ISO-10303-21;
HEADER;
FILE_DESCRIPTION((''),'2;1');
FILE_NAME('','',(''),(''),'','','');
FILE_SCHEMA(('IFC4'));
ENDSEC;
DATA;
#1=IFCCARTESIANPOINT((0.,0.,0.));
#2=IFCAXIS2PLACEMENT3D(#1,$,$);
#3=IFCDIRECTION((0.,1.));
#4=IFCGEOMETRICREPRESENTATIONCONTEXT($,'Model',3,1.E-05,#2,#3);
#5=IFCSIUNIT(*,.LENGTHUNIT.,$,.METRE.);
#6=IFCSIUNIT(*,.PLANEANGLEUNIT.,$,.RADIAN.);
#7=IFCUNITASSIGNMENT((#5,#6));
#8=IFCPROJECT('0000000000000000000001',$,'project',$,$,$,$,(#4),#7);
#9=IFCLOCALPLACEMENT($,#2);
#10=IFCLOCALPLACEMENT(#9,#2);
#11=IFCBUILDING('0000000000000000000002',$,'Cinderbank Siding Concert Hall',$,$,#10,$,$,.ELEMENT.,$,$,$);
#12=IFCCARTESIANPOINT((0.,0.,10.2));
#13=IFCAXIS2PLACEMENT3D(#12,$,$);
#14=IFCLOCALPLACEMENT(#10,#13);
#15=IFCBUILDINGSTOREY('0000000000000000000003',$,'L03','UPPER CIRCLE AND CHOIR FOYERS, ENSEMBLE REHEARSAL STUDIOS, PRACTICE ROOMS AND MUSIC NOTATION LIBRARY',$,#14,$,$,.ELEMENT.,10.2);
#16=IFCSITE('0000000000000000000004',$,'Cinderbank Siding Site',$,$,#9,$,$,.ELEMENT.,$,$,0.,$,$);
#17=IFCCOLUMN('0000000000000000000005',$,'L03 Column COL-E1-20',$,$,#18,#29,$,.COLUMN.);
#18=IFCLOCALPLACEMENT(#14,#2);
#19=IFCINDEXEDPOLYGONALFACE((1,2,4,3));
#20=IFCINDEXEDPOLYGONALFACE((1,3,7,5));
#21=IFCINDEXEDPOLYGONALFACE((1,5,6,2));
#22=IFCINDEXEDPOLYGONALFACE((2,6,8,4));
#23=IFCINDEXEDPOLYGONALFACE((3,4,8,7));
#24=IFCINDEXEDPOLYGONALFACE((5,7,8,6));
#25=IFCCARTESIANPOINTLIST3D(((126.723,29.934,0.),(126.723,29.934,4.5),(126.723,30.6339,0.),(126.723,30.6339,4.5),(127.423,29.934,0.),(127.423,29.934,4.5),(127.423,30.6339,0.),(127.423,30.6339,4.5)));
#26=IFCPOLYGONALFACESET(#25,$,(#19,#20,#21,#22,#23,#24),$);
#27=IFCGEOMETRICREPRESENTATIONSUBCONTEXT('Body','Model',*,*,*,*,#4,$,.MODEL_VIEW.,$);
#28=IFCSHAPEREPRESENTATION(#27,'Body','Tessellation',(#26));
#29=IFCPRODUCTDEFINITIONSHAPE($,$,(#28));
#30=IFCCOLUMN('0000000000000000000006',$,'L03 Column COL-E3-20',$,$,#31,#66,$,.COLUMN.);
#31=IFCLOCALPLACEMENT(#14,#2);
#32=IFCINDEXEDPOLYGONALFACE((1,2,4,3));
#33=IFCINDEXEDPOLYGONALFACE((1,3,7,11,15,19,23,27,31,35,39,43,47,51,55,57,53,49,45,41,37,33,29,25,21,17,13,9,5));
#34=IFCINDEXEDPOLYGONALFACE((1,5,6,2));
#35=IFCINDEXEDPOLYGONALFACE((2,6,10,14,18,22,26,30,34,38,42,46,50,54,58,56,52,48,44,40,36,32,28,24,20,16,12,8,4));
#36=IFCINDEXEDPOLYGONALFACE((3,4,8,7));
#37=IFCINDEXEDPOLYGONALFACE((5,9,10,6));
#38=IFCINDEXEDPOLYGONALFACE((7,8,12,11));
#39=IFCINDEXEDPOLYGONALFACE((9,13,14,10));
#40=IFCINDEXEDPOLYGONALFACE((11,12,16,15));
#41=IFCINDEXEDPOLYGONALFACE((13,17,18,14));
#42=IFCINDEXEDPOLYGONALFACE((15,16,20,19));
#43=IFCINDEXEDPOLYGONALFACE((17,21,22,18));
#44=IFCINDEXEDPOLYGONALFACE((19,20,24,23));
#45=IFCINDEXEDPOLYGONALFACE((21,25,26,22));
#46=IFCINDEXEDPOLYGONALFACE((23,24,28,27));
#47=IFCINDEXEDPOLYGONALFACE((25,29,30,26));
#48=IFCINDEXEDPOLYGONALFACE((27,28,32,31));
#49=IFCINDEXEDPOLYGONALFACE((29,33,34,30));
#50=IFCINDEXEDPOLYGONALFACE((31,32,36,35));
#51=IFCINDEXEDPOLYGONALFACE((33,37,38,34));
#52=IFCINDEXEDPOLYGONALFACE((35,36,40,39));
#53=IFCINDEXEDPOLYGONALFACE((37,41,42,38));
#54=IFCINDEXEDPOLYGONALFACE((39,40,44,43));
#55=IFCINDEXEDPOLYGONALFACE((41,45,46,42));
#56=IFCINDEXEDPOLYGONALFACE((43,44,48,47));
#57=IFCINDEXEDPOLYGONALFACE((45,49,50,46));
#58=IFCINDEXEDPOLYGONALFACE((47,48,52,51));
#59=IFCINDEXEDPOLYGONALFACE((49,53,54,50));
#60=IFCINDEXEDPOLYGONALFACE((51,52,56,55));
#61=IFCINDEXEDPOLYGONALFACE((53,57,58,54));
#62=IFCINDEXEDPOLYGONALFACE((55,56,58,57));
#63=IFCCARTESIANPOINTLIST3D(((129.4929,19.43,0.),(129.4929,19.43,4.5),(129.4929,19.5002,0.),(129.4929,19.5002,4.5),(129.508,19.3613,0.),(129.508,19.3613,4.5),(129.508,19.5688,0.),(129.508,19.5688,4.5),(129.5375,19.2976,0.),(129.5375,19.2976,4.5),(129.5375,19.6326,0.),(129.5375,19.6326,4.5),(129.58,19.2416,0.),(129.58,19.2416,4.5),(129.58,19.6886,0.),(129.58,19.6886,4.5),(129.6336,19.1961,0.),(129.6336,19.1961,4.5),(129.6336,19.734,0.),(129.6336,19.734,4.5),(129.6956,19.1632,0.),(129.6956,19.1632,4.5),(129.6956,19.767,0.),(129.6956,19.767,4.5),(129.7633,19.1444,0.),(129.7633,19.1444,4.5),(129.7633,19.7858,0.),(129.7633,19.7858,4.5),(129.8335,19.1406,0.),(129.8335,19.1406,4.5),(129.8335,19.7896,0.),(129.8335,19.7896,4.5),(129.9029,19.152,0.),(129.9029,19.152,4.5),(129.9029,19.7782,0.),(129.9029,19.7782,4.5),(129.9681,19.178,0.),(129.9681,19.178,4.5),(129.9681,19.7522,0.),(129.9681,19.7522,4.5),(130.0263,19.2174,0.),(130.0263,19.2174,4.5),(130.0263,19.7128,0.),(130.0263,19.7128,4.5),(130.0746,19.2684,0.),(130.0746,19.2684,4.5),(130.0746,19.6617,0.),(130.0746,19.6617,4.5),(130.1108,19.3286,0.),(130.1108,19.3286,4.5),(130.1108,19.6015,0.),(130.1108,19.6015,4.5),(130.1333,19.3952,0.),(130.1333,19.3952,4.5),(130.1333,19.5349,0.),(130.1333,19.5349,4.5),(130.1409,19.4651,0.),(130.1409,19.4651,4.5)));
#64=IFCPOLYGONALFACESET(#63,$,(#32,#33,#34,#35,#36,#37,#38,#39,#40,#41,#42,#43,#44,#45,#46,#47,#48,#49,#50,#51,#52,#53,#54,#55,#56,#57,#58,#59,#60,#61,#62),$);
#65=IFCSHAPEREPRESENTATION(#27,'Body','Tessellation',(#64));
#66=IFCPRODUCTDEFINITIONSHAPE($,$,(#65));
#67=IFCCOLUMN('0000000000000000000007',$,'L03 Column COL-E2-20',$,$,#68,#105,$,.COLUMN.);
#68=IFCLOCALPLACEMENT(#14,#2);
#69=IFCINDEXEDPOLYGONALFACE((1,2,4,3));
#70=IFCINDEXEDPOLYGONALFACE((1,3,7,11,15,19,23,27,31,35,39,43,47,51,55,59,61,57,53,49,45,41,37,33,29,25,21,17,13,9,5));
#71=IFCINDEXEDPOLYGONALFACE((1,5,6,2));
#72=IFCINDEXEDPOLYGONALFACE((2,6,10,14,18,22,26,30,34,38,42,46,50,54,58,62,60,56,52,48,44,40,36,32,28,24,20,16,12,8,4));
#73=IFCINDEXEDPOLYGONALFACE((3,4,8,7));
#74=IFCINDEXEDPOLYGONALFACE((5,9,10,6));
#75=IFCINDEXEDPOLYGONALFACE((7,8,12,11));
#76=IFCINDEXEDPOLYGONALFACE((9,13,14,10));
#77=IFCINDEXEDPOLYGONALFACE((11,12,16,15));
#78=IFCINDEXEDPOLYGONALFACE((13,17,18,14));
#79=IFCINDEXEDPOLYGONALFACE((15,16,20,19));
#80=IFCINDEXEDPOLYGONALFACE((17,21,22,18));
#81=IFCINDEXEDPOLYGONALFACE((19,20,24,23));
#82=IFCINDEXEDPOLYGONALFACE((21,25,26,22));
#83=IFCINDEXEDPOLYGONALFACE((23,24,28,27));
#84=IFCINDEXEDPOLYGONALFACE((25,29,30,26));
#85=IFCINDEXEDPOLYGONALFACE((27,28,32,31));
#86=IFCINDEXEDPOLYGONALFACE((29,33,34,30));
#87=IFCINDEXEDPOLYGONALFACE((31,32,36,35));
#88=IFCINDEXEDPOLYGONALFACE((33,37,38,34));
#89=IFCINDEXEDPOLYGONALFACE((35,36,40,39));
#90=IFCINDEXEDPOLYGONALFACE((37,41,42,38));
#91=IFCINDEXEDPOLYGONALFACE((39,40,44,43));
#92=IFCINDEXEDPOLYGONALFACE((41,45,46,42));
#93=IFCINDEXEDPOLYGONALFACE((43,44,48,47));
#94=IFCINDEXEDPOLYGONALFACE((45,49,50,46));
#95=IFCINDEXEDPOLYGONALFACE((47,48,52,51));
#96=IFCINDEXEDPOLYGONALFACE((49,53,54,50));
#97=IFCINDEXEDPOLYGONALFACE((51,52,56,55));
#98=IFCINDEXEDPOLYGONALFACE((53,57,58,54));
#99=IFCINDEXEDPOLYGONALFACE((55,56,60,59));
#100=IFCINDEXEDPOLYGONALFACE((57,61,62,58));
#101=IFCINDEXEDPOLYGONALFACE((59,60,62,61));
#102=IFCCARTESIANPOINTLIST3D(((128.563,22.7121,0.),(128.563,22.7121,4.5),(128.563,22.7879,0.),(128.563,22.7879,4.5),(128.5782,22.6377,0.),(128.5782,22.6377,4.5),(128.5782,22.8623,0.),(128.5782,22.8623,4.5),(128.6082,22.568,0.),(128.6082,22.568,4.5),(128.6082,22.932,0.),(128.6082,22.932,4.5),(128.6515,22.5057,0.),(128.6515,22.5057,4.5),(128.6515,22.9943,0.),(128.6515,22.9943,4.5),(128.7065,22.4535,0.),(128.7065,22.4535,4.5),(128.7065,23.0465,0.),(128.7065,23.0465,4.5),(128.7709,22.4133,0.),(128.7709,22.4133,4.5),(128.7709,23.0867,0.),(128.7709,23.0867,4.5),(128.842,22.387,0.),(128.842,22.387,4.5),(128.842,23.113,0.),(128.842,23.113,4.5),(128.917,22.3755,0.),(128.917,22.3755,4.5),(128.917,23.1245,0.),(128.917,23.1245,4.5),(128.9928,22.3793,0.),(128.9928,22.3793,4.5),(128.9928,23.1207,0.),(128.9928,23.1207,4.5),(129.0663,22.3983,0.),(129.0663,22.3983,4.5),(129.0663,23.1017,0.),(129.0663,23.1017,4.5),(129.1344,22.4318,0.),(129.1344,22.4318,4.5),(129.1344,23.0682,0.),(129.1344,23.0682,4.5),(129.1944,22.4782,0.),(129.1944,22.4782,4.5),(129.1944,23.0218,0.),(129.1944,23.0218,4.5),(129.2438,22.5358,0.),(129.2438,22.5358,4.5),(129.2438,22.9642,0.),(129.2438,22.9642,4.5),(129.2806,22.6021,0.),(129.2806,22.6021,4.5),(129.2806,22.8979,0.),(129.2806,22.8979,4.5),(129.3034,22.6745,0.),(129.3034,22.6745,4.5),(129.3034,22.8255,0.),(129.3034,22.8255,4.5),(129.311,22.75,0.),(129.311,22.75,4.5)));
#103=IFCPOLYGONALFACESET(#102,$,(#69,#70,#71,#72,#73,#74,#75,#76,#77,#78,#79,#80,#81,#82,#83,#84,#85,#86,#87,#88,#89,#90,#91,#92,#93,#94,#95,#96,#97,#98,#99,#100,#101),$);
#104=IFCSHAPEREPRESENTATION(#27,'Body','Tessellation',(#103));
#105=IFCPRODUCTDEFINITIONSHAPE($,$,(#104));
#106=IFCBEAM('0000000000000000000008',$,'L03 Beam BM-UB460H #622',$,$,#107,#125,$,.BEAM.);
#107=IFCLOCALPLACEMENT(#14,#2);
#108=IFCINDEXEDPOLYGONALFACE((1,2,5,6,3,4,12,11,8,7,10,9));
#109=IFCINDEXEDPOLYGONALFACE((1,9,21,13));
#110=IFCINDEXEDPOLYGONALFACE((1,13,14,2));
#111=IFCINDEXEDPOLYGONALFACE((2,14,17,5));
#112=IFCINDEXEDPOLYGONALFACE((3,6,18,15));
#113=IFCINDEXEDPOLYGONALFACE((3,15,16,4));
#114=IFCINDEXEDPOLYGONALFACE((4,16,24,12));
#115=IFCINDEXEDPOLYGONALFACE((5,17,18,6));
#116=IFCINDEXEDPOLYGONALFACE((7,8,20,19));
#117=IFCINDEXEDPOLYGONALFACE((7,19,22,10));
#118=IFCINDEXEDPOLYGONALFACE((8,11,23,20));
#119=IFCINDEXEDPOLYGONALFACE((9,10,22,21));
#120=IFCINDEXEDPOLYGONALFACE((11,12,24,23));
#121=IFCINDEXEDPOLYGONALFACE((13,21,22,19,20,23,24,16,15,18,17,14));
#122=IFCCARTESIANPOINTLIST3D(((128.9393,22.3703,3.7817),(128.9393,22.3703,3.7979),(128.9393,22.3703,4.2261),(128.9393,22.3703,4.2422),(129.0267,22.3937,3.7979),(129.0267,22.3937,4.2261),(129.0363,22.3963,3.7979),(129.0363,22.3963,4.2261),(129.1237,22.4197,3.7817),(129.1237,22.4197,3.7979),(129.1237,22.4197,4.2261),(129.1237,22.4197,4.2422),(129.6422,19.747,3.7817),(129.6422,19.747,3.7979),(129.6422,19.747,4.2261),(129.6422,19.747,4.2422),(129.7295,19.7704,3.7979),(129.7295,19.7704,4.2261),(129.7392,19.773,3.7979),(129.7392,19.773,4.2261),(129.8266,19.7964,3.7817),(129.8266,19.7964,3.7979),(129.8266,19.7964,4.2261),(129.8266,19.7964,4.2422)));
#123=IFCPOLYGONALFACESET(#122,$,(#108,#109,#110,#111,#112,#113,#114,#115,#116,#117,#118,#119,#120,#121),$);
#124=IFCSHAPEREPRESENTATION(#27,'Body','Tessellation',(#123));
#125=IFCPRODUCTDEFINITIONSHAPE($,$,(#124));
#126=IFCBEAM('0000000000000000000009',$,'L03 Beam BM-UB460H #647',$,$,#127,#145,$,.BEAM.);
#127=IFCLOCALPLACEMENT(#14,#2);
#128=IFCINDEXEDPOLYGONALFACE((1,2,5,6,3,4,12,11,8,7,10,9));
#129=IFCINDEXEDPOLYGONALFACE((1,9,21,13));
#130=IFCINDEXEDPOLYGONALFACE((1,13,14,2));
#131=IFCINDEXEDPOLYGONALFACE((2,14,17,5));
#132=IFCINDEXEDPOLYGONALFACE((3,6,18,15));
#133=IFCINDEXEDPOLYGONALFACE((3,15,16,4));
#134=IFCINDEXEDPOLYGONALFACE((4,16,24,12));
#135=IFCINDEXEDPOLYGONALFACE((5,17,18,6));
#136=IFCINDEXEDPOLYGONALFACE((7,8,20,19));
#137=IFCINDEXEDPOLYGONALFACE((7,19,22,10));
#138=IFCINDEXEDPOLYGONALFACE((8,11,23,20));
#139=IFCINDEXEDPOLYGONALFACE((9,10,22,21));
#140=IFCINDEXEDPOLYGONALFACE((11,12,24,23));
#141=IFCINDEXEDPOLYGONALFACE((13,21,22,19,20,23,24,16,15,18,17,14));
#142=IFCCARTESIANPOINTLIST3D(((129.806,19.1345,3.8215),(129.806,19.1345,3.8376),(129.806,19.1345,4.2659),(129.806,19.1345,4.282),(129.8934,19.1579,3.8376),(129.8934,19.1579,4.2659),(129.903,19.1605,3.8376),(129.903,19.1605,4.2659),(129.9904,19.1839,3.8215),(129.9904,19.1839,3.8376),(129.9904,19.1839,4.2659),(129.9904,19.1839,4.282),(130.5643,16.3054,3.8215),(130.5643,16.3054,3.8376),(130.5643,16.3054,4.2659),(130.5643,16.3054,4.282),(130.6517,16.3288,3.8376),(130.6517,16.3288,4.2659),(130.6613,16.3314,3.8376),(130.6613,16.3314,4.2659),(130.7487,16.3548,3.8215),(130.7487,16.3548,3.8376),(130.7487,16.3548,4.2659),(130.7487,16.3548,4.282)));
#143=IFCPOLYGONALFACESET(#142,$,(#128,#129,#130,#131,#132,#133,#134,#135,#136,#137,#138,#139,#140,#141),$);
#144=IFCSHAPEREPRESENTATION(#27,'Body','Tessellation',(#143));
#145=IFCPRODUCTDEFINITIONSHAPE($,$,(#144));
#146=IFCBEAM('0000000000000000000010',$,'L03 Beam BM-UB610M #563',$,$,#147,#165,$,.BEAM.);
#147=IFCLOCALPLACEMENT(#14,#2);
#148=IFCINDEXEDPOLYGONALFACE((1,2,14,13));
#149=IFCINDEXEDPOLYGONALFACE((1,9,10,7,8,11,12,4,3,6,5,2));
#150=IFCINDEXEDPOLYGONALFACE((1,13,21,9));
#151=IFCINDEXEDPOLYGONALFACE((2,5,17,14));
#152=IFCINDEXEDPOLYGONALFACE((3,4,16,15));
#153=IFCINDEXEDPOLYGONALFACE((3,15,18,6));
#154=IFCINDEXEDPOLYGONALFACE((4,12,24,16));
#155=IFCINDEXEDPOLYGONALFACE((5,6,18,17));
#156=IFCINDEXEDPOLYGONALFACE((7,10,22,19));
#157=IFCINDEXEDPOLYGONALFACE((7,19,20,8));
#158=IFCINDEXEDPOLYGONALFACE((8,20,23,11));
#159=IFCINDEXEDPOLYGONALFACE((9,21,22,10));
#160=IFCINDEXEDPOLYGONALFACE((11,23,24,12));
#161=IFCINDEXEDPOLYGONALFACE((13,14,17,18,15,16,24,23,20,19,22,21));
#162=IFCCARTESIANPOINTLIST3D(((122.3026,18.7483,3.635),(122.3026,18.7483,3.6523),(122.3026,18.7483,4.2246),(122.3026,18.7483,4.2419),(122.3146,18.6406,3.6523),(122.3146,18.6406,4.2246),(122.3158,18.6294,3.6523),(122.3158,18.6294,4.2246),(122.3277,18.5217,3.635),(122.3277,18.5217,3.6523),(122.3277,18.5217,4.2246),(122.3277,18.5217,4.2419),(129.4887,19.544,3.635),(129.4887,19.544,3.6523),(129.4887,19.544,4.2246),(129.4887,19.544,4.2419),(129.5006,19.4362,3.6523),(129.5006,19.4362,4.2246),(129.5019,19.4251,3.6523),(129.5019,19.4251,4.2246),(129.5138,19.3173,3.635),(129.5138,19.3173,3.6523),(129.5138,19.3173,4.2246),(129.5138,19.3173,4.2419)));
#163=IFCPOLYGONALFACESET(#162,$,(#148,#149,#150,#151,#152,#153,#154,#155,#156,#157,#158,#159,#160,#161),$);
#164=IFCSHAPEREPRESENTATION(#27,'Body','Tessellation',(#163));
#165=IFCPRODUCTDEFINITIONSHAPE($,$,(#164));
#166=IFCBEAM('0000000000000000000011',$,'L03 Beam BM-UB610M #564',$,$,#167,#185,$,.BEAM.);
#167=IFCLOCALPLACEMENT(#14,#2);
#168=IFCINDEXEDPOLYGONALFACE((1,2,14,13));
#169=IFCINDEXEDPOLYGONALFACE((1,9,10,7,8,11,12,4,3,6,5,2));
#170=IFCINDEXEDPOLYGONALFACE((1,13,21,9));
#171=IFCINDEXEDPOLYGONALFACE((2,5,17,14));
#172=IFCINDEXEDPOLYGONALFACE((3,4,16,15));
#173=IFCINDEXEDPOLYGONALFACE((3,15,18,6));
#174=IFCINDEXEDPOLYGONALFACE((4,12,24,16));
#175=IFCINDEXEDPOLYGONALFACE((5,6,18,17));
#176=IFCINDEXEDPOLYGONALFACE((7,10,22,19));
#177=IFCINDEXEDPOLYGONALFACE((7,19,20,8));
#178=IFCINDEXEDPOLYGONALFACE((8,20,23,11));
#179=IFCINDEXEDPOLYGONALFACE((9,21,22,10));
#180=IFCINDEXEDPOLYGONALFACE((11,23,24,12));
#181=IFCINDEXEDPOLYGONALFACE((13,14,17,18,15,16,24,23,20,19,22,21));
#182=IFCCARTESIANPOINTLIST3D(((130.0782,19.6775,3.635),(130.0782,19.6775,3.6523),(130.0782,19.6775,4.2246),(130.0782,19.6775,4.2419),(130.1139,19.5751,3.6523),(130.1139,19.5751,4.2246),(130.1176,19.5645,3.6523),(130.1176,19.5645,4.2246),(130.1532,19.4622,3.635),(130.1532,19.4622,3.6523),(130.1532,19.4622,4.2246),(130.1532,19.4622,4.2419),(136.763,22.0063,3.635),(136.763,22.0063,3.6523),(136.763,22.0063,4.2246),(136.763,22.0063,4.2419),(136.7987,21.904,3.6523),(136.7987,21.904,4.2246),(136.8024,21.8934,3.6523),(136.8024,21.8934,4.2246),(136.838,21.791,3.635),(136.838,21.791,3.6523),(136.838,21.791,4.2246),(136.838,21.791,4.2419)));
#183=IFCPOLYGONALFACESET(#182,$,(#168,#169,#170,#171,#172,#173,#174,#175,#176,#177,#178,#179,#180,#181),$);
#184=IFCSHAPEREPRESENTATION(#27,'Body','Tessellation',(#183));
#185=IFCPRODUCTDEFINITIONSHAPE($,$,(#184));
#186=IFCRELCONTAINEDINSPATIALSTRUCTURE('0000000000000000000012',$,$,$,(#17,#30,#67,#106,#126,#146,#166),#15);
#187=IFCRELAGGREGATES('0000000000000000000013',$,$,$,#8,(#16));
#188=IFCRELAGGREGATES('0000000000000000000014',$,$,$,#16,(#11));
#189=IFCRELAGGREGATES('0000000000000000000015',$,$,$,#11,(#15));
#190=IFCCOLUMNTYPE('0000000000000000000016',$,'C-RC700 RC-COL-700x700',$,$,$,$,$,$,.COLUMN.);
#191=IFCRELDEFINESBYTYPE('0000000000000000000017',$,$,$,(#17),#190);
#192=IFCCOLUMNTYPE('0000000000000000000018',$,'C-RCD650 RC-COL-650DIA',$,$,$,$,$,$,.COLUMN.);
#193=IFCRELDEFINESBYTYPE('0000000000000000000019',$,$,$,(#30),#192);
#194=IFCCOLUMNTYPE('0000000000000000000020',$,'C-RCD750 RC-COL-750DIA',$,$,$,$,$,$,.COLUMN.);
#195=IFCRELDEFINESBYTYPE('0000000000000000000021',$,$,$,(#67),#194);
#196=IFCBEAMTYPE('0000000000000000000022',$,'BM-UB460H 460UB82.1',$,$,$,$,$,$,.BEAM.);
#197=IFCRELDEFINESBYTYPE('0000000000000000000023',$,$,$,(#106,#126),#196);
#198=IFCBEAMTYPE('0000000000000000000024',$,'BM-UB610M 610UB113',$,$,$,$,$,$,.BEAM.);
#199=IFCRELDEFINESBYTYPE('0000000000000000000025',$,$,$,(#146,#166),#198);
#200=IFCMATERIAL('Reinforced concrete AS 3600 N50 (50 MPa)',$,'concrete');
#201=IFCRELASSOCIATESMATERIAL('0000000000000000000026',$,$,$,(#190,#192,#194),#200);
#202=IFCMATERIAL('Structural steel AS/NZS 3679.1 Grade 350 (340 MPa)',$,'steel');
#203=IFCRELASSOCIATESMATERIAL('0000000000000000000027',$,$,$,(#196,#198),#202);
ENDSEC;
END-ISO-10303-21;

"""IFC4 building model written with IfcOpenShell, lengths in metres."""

from ifc_helpers import new_model, si_unit, direction, frame, origin, origin_2d, place, context, subcontext, project, spatial, rectangle, circle, i_section, extrude, material, material_profile, profile_set, type_object, element, save


model = new_model("IFC4")

# Units and contexts
model_context = context("Model", 3, precision=1e-05, world=origin(), true_north=direction((0.0, 1.0)))
body_context = subcontext(model_context, "Body", "Model", "MODEL_VIEW")
ifc_project = project(units=[si_unit("LENGTHUNIT", "METRE"), si_unit("PLANEANGLEUNIT", "RADIAN")], contexts=[model_context])

# Site, building, storey
site_placement = place(None, origin())
site = spatial("IfcSite", under=ifc_project, at=site_placement, Name="Cinderbank Siding Site", CompositionType="ELEMENT", RefElevation=0.0)
building_placement = place(site_placement, origin())
building = spatial("IfcBuilding", under=site, at=building_placement, Name="Cinderbank Siding Concert Hall", CompositionType="ELEMENT")
storey_placement = place(building_placement, frame((0.0, 0.0, 10.2)))
storey = spatial("IfcBuildingStorey", under=building, at=storey_placement, Name="L03", Description="UPPER CIRCLE AND CHOIR FOYERS, ENSEMBLE REHEARSAL STUDIOS, PRACTICE ROOMS AND MUSIC NOTATION LIBRARY", CompositionType="ELEMENT", Elevation=10.2)

# Columns
ifc_material_1 = material(Name="Reinforced concrete AS 3600 N50 (50 MPa)", Category="concrete")
ifc_material_profile_1 = material_profile(ifc_material_1, rectangle(XDim=0.7, YDim=0.7, at=origin_2d()), Name="RC-COL-700x700", Category="LoadBearing")
ifc_profile_set_1 = profile_set([ifc_material_profile_1], Name="Reinforced concrete AS 3600 N50 (50 MPa)")
column_type_1 = type_object("IfcColumnType", Name="C-RC700 RC-COL-700x700", PredefinedType="COLUMN", material=ifc_profile_set_1)
column_1_placement = place(storey_placement, frame((127.073, 30.2839, 0.0), z_axis=(0.0, 0.0, 1.0), x_axis=(1.0, 0.0, 0.0)))
element("IfcColumn", 1, at=column_1_placement, inside=storey, type_object=column_type_1, Name="L03 Column COL-E1-20", PredefinedType="COLUMN", context=body_context, shape_type="SweptSolid", body=[
    extrude(rectangle(XDim=0.7, YDim=0.7, at=origin_2d()), origin(), (0.0, 0.0, 1.0), 4.5),
])
ifc_material_profile_2 = material_profile(ifc_material_1, circle(Radius=0.325, at=origin_2d()), Name="RC-COL-650DIA", Category="LoadBearing")
ifc_profile_set_2 = profile_set([ifc_material_profile_2], Name="Reinforced concrete AS 3600 N50 (50 MPa)")
column_type_2 = type_object("IfcColumnType", Name="C-RCD650 RC-COL-650DIA", PredefinedType="COLUMN", material=ifc_profile_set_2)
column_2_placement = place(storey_placement, frame((129.8159, 19.4651, 0.0), z_axis=(0.0, 0.0, 1.0), x_axis=(1.0, 0.0, 0.0)))
element("IfcColumn", 2, at=column_2_placement, inside=storey, type_object=column_type_2, Name="L03 Column COL-E3-20", PredefinedType="COLUMN", context=body_context, shape_type="SweptSolid", body=[
    extrude(circle(Radius=0.325, at=origin_2d()), origin(), (0.0, 0.0, 1.0), 4.5),
])
ifc_material_profile_3 = material_profile(ifc_material_1, circle(Radius=0.375, at=origin_2d()), Name="RC-COL-750DIA", Category="LoadBearing")
ifc_profile_set_3 = profile_set([ifc_material_profile_3], Name="Reinforced concrete AS 3600 N50 (50 MPa)")
column_type_3 = type_object("IfcColumnType", Name="C-RCD750 RC-COL-750DIA", PredefinedType="COLUMN", material=ifc_profile_set_3)
column_3_placement = place(storey_placement, frame((128.936, 22.75, 0.0), z_axis=(0.0, 0.0, 1.0), x_axis=(1.0, 0.0, 0.0)))
element("IfcColumn", 3, at=column_3_placement, inside=storey, type_object=column_type_3, Name="L03 Column COL-E2-20", PredefinedType="COLUMN", context=body_context, shape_type="SweptSolid", body=[
    extrude(circle(Radius=0.375, at=origin_2d()), origin(), (0.0, 0.0, 1.0), 4.5),
])

# Beams
ifc_material_2 = material(Name="Structural steel AS/NZS 3679.1 Grade 350 (340 MPa)", Category="steel")
ifc_material_profile_4 = material_profile(ifc_material_2, i_section(OverallWidth=0.1909, OverallDepth=0.4604, WebThickness=0.01, FlangeThickness=0.0161, at=origin_2d()), Name="460UB82.1", Category="LoadBearing")
ifc_profile_set_4 = profile_set([ifc_material_profile_4], Name="Structural steel AS/NZS 3679.1 Grade 350 (340 MPa)")
beam_type_1 = type_object("IfcBeamType", Name="BM-UB460H 460UB82.1", PredefinedType="BEAM", material=ifc_profile_set_4)
beam_1_placement = place(storey_placement, frame((129.0315, 22.395, 4.012), z_axis=(0.258809, -0.965928, 0.0), x_axis=(0.965928, 0.258809, 0.0)))
element("IfcBeam", 4, at=beam_1_placement, inside=storey, type_object=beam_type_1, Name="L03 Beam BM-UB460H #622", PredefinedType="BEAM", context=body_context, shape_type="SweptSolid", body=[
    extrude(i_section(OverallWidth=0.1909, OverallDepth=0.4604, WebThickness=0.01, FlangeThickness=0.0161, at=origin_2d()), origin(), (0.0, 0.0, 1.0), 2.7158),
])
beam_2_placement = place(storey_placement, frame((129.8982, 19.1592, 4.0518), z_axis=(0.258897, -0.965905, 0.0), x_axis=(0.965905, 0.258897, 0.0)))
element("IfcBeam", 5, at=beam_2_placement, inside=storey, type_object=beam_type_1, Name="L03 Beam BM-UB460H #647", PredefinedType="BEAM", context=body_context, shape_type="SweptSolid", body=[
    extrude(i_section(OverallWidth=0.1909, OverallDepth=0.4604, WebThickness=0.01, FlangeThickness=0.0161, at=origin_2d()), origin(), (0.0, 0.0, 1.0), 2.929),
])
ifc_material_profile_5 = material_profile(ifc_material_2, i_section(OverallWidth=0.228, OverallDepth=0.6069, WebThickness=0.0112, FlangeThickness=0.0173, at=origin_2d()), Name="610UB113", Category="LoadBearing")
ifc_profile_set_5 = profile_set([ifc_material_profile_5], Name="Structural steel AS/NZS 3679.1 Grade 350 (340 MPa)")
beam_type_2 = type_object("IfcBeamType", Name="BM-UB610M 610UB113", PredefinedType="BEAM", material=ifc_profile_set_5)
beam_3_placement = place(storey_placement, frame((122.3152, 18.635, 3.9385), z_axis=(0.993926, 0.11005, 0.0), x_axis=(-0.11005, 0.993926, 0.0)))
element("IfcBeam", 6, at=beam_3_placement, inside=storey, type_object=beam_type_2, Name="L03 Beam BM-UB610M #563", PredefinedType="BEAM", context=body_context, shape_type="SweptSolid", body=[
    extrude(i_section(OverallWidth=0.228, OverallDepth=0.6069, WebThickness=0.0112, FlangeThickness=0.0173, at=origin_2d()), origin(), (0.0, 0.0, 1.0), 7.23),
])
beam_4_placement = place(storey_placement, frame((130.1157, 19.5698, 3.9385), z_axis=(0.944334, 0.328987, 0.0), x_axis=(-0.328987, 0.944334, 0.0)))
element("IfcBeam", 7, at=beam_4_placement, inside=storey, type_object=beam_type_2, Name="L03 Beam BM-UB610M #564", PredefinedType="BEAM", context=body_context, shape_type="SweptSolid", body=[
    extrude(i_section(OverallWidth=0.228, OverallDepth=0.6069, WebThickness=0.0112, FlangeThickness=0.0173, at=origin_2d()), origin(), (0.0, 0.0, 1.0), 7.0789),
])

save(model, "model.ifc")
